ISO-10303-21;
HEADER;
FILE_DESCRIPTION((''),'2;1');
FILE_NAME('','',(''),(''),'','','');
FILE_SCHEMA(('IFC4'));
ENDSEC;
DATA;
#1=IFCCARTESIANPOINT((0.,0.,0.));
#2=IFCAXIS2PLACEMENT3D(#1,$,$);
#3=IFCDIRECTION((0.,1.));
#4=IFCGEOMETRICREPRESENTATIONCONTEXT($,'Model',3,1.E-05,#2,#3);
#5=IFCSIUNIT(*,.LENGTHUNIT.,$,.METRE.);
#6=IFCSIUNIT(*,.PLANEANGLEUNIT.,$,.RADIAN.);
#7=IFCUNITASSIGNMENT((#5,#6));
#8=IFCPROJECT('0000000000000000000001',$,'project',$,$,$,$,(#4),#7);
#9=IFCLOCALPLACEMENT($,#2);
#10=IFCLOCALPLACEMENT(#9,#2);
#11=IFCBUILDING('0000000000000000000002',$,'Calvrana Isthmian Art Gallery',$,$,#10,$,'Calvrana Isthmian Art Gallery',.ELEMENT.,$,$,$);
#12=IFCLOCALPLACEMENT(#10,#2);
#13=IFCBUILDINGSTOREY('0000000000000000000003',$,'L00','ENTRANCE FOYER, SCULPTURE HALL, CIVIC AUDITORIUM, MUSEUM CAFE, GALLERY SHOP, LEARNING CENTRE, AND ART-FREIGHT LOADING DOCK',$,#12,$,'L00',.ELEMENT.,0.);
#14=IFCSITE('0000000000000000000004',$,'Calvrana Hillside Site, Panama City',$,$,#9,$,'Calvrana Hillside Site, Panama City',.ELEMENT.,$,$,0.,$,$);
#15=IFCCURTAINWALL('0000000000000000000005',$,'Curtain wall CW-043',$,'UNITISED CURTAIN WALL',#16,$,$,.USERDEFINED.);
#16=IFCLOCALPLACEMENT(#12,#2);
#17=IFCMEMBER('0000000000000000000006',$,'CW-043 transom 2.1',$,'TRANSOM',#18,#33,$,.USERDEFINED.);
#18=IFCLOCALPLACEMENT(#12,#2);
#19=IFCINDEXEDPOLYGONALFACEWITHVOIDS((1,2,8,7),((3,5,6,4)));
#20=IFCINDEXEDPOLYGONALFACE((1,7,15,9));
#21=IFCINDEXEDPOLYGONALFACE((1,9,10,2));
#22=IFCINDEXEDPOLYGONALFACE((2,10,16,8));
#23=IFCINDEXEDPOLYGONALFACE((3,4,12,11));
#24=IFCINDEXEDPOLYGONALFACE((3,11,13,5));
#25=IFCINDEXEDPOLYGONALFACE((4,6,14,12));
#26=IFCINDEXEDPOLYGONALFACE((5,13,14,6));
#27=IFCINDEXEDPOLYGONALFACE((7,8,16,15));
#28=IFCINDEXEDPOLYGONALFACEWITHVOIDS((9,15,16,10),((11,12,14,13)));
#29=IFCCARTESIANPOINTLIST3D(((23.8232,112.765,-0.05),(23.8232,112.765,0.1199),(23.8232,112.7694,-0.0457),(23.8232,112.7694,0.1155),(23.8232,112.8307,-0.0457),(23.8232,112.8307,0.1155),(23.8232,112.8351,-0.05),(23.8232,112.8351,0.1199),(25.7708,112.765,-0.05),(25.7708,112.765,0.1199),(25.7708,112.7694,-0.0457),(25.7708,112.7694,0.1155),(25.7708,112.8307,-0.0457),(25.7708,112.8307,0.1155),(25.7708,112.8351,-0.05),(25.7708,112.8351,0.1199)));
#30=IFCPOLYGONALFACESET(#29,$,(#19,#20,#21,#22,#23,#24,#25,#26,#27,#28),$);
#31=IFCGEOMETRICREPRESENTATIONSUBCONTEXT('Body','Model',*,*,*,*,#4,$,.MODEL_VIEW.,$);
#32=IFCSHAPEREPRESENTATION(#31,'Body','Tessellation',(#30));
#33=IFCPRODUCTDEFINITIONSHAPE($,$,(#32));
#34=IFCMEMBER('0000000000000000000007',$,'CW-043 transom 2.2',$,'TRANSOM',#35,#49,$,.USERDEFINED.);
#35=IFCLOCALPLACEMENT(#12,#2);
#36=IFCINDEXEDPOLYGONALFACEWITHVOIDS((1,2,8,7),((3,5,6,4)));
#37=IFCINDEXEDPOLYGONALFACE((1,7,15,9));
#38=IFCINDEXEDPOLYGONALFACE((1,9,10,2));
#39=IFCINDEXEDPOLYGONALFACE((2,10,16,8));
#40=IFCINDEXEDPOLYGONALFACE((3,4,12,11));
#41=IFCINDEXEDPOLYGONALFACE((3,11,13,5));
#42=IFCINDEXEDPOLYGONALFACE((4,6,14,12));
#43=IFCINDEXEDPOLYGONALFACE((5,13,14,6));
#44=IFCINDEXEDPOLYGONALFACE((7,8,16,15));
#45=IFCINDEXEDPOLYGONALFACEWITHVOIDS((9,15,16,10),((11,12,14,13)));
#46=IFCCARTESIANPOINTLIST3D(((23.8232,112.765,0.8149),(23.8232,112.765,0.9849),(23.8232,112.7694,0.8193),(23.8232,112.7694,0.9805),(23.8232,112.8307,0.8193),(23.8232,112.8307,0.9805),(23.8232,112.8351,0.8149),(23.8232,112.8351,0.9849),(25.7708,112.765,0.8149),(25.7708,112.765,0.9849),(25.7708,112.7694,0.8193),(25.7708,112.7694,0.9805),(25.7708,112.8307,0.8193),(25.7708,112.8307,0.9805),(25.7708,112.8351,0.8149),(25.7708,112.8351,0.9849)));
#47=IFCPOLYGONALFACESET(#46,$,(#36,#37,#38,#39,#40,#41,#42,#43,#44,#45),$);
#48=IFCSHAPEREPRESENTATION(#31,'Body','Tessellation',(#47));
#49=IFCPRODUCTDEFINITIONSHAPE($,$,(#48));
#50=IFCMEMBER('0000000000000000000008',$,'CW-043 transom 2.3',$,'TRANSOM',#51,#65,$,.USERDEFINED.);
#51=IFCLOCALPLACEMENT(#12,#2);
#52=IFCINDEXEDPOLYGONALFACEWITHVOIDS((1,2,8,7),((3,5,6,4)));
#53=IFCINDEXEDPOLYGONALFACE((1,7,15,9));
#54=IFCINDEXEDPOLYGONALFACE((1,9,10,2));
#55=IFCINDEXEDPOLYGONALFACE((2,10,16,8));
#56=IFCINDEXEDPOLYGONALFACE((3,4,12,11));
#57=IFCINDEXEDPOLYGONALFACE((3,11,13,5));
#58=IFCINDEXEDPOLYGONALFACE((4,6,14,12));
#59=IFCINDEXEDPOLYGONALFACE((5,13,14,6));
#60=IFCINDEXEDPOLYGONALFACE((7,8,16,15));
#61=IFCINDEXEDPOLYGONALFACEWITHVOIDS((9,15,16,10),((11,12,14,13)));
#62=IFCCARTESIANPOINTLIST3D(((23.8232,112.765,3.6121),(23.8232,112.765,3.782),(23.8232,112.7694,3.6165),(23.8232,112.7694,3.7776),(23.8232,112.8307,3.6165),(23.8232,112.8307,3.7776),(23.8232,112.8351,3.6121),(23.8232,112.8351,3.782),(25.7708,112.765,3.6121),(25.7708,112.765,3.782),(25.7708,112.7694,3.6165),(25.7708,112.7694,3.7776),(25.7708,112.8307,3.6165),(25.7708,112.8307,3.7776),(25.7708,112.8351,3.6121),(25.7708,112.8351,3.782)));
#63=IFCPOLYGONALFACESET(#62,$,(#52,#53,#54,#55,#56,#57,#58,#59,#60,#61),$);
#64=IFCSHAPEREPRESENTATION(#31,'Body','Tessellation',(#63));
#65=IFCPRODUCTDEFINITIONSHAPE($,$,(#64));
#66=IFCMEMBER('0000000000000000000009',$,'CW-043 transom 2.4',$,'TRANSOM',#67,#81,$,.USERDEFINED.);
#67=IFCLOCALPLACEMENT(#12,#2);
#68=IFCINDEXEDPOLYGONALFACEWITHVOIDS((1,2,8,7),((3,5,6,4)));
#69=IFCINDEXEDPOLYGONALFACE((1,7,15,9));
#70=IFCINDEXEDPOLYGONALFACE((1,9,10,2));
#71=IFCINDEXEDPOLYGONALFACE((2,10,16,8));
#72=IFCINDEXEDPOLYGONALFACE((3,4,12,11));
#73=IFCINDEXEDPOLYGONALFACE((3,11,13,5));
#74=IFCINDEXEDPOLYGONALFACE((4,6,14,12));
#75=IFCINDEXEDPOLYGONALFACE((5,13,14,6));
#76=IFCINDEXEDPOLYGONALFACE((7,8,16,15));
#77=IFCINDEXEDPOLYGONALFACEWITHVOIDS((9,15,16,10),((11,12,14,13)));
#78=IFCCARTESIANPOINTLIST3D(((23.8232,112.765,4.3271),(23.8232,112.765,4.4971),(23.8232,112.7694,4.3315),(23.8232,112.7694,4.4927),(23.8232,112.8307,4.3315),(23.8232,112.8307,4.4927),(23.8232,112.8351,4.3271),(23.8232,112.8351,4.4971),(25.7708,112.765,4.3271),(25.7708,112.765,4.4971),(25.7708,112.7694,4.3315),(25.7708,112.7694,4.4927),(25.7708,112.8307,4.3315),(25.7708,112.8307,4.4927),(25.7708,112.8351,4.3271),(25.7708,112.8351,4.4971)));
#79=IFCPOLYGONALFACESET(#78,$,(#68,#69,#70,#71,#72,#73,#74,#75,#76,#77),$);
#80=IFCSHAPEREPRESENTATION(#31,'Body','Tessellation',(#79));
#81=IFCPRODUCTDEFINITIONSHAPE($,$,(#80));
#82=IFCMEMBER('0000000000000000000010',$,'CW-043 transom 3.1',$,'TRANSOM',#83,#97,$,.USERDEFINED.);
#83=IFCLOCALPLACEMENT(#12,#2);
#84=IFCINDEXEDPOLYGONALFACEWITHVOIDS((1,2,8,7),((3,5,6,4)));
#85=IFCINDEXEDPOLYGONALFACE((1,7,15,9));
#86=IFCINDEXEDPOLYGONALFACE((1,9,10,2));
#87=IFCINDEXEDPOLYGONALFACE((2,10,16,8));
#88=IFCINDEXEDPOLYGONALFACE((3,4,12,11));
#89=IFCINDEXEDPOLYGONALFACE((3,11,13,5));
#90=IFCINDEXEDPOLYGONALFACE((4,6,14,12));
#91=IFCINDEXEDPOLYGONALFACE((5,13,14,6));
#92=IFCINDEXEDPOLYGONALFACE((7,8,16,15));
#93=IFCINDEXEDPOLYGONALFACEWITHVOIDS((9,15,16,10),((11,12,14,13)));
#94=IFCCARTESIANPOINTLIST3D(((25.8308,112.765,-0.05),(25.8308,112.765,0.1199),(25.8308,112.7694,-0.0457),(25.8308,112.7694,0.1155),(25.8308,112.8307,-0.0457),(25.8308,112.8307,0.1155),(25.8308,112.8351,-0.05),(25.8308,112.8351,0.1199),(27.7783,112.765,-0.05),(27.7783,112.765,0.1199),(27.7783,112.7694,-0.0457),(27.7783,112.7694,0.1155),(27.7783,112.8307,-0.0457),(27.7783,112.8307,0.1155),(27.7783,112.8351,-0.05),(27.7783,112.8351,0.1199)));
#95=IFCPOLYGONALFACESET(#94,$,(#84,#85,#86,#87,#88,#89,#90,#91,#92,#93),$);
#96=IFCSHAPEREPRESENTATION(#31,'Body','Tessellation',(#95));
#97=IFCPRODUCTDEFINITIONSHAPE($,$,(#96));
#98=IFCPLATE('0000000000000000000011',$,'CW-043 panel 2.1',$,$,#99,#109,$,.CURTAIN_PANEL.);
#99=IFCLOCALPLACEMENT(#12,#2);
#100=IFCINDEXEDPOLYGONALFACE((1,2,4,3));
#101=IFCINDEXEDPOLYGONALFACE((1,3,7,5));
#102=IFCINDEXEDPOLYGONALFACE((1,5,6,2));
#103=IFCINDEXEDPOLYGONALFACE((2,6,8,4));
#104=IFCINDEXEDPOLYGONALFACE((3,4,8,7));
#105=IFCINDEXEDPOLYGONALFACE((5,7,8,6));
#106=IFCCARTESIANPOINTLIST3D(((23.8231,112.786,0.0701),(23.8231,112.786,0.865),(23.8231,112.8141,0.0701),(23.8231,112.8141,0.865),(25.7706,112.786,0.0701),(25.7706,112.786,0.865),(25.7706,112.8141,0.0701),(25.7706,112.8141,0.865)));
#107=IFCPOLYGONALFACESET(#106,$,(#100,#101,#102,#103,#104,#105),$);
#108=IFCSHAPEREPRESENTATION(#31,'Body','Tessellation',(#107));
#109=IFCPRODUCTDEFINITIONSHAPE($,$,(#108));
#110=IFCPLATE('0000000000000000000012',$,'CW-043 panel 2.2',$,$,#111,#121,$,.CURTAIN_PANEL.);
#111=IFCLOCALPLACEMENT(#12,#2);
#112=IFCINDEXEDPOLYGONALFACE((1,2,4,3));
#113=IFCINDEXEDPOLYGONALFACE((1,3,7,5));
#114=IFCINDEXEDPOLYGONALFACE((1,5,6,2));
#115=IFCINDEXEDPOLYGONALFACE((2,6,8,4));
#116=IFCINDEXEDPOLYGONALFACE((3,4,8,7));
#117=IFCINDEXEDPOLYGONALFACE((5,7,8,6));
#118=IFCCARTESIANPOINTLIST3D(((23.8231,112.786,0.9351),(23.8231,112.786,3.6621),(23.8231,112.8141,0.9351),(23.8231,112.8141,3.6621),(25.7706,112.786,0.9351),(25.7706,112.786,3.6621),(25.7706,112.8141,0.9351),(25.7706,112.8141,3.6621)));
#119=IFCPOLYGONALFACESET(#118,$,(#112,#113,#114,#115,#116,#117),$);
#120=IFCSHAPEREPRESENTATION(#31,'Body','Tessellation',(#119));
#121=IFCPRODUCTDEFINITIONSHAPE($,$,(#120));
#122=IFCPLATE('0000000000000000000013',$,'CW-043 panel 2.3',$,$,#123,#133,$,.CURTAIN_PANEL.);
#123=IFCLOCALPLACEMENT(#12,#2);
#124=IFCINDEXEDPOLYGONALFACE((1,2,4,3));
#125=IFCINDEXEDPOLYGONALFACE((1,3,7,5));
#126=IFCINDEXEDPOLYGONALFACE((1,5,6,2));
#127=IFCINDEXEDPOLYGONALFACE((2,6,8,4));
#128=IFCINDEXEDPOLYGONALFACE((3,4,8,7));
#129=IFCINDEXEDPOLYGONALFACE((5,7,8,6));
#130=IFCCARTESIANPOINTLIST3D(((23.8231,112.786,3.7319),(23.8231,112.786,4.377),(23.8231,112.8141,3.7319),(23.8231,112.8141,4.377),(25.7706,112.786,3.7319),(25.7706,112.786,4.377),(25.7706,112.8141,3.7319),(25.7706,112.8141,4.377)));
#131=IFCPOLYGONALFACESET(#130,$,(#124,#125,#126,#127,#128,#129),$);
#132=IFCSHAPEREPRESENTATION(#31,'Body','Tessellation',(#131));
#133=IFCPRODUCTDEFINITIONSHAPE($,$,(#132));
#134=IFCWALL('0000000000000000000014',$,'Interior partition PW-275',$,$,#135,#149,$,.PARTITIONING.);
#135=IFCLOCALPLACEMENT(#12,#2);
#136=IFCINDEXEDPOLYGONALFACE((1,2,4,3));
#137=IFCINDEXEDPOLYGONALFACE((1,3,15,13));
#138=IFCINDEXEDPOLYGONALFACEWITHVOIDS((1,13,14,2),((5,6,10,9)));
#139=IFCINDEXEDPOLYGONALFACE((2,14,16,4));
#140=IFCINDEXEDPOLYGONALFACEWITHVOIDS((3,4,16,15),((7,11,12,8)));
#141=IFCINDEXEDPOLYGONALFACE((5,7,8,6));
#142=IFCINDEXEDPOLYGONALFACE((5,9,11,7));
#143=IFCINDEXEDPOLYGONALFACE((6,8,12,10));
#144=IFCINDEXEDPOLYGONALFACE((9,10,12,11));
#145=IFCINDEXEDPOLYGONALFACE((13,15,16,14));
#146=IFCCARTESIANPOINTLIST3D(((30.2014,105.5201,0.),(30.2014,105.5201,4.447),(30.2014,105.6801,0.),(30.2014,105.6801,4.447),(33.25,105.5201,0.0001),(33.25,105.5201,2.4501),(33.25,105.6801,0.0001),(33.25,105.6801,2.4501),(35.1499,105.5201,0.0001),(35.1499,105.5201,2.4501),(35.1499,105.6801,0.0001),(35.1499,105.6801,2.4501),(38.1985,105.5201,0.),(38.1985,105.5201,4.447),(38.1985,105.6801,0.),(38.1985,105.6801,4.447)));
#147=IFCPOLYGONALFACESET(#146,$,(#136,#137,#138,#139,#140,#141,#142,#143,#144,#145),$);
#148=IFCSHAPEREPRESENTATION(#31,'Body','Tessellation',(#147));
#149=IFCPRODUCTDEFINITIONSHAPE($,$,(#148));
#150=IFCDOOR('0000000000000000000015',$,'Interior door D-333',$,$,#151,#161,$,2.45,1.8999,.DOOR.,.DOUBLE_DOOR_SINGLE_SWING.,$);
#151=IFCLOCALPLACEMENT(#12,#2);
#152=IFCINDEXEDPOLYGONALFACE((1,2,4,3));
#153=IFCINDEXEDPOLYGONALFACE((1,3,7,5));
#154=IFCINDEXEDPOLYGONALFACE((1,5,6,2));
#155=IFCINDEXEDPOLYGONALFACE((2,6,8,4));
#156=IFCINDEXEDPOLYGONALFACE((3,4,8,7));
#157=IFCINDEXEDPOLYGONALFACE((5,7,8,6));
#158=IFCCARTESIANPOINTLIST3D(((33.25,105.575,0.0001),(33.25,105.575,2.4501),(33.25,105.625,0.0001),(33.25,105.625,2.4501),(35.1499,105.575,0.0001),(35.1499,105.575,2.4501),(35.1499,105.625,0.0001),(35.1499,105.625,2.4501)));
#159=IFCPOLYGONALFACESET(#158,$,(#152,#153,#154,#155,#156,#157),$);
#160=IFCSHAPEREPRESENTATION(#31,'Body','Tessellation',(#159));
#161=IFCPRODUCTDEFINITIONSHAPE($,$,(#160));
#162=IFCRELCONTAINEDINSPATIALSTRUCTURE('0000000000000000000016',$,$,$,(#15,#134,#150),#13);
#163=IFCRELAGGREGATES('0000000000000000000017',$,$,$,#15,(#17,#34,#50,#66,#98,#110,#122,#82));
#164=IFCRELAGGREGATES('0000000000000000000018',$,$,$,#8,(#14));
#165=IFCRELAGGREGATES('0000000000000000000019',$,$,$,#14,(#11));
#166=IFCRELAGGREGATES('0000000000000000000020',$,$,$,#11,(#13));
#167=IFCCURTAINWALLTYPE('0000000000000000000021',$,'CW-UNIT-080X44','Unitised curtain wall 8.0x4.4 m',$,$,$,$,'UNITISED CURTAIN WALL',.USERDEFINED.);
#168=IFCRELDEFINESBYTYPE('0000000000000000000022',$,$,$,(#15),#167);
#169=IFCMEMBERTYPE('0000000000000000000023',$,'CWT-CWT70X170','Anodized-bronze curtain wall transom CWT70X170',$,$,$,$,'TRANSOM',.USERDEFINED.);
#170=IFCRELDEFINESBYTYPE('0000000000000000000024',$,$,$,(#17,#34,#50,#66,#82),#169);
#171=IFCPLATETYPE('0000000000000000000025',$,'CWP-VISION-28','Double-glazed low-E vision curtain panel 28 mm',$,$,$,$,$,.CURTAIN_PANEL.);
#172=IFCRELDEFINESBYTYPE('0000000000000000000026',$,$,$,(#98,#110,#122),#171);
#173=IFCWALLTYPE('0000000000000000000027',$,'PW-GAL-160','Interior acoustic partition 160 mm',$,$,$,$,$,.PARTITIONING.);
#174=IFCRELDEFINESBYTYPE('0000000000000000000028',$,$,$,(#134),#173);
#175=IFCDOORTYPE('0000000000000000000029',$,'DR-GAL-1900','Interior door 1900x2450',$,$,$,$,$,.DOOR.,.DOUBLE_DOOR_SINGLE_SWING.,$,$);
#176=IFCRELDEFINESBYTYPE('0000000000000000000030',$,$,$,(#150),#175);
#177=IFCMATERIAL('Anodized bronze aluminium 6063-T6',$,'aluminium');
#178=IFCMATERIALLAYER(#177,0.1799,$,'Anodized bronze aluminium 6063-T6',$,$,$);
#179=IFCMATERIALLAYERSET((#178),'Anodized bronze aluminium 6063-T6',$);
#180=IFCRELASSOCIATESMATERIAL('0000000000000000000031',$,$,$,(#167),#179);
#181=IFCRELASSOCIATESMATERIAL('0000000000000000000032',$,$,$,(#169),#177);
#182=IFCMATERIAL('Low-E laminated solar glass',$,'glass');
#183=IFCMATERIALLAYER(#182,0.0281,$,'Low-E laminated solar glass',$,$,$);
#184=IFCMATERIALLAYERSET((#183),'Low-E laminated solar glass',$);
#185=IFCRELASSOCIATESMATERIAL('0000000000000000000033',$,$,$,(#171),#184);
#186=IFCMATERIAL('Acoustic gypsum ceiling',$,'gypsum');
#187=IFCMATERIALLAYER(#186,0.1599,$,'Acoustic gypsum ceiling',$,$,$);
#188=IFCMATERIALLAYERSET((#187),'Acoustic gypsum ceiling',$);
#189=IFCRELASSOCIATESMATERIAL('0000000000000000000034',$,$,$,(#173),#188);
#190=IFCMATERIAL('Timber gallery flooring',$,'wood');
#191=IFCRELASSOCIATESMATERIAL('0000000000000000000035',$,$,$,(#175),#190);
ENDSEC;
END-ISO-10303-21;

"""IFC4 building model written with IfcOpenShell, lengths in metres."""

from ifc_helpers import new_model, si_unit, direction, frame, frame_2d, origin, origin_2d, place, context, subcontext, project, spatial, rectangle, hollow_rectangle, extrude, material, layer, layer_set, material_profile, profile_set, type_object, element, fill, aggregate, save


model = new_model("IFC4")

# Units and contexts
model_context = context("Model", 3, precision=1e-05, world=origin(), true_north=direction((0.0, 1.0)))
body_context = subcontext(model_context, "Body", "Model", "MODEL_VIEW")
ifc_project = project(units=[si_unit("LENGTHUNIT", "METRE"), si_unit("PLANEANGLEUNIT", "RADIAN")], contexts=[model_context])

# Site, building, storey
site_placement = place(None, origin())
site = spatial("IfcSite", under=ifc_project, at=site_placement, Name="Calvrana Hillside Site, Panama City", LongName="Calvrana Hillside Site, Panama City", CompositionType="ELEMENT", RefElevation=0.0)
building_placement = place(site_placement, origin())
building = spatial("IfcBuilding", under=site, at=building_placement, Name="Calvrana Isthmian Art Gallery", LongName="Calvrana Isthmian Art Gallery", CompositionType="ELEMENT")
storey_placement = place(building_placement, origin())
storey = spatial("IfcBuildingStorey", under=building, at=storey_placement, Name="L00", Description="ENTRANCE FOYER, SCULPTURE HALL, CIVIC AUDITORIUM, MUSEUM CAFE, GALLERY SHOP, LEARNING CENTRE, AND ART-FREIGHT LOADING DOCK", LongName="L00", CompositionType="ELEMENT", Elevation=0.0)

# Curtain wall, members, plates
ifc_material_1 = material(Name="Anodized bronze aluminium 6063-T6", Category="aluminium")
ifc_layer_1 = layer(ifc_material_1, 0.1799, Name="Anodized bronze aluminium 6063-T6")
ifc_layer_set_1 = layer_set([ifc_layer_1], Name="Anodized bronze aluminium 6063-T6")
curtain_wall_type = type_object("IfcCurtainWallType", Name="CW-UNIT-080X44", Description="Unitised curtain wall 8.0x4.4 m", ElementType="UNITISED CURTAIN WALL", PredefinedType="USERDEFINED", material=ifc_layer_set_1)
curtain_wall_placement = place(storey_placement, origin())
curtain_wall = element("IfcCurtainWall", 1, at=curtain_wall_placement, inside=storey, type_object=curtain_wall_type, Name="Curtain wall CW-043", ObjectType="UNITISED CURTAIN WALL", PredefinedType="USERDEFINED")
ifc_material_profile_1 = material_profile(ifc_material_1, hollow_rectangle(XDim=0.0701, YDim=0.1699, WallThickness=0.0044, at=origin_2d()), Name="CWT70X170")
ifc_profile_set_1 = profile_set([ifc_material_profile_1], Name="Anodized bronze aluminium 6063-T6")
member_type_1 = type_object("IfcMemberType", Name="CWT-CWT70X170", Description="Anodized-bronze curtain wall transom CWT70X170", ElementType="TRANSOM", PredefinedType="USERDEFINED", material=ifc_profile_set_1)
member_1_placement = place(storey_placement, frame((23.8232, 112.8, 0.0349), z_axis=(1.0, 0.0, 0.0), x_axis=(0.0, 1.0, 0.0)))
member_1 = element("IfcMember", 2, at=member_1_placement, type_object=member_type_1, Name="CW-043 transom 2.1", ObjectType="TRANSOM", PredefinedType="USERDEFINED", context=body_context, shape_type="SweptSolid", body=[
    extrude(hollow_rectangle(XDim=0.0701, YDim=0.1699, WallThickness=0.0044, at=origin_2d()), origin(), (0.0, 0.0, 1.0), 1.9475),
])
member_2_placement = place(storey_placement, frame((23.8232, 112.8, 0.8999), z_axis=(1.0, 0.0, 0.0), x_axis=(0.0, 1.0, 0.0)))
member_2 = element("IfcMember", 3, at=member_2_placement, type_object=member_type_1, Name="CW-043 transom 2.2", ObjectType="TRANSOM", PredefinedType="USERDEFINED", context=body_context, shape_type="SweptSolid", body=[
    extrude(hollow_rectangle(XDim=0.0701, YDim=0.1699, WallThickness=0.0044, at=origin_2d()), origin(), (0.0, 0.0, 1.0), 1.9475),
])
member_3_placement = place(storey_placement, frame((23.8232, 112.8, 3.697), z_axis=(1.0, 0.0, 0.0), x_axis=(0.0, 1.0, 0.0)))
member_3 = element("IfcMember", 4, at=member_3_placement, type_object=member_type_1, Name="CW-043 transom 2.3", ObjectType="TRANSOM", PredefinedType="USERDEFINED", context=body_context, shape_type="SweptSolid", body=[
    extrude(hollow_rectangle(XDim=0.0701, YDim=0.1699, WallThickness=0.0044, at=origin_2d()), origin(), (0.0, 0.0, 1.0), 1.9475),
])
member_4_placement = place(storey_placement, frame((23.8232, 112.8, 4.4121), z_axis=(1.0, 0.0, 0.0), x_axis=(0.0, 1.0, 0.0)))
member_4 = element("IfcMember", 5, at=member_4_placement, type_object=member_type_1, Name="CW-043 transom 2.4", ObjectType="TRANSOM", PredefinedType="USERDEFINED", context=body_context, shape_type="SweptSolid", body=[
    extrude(hollow_rectangle(XDim=0.0701, YDim=0.1699, WallThickness=0.0044, at=origin_2d()), origin(), (0.0, 0.0, 1.0), 1.9475),
])
member_5_placement = place(storey_placement, frame((25.8308, 112.8, 0.0349), z_axis=(1.0, 0.0, 0.0), x_axis=(0.0, 1.0, 0.0)))
member_5 = element("IfcMember", 6, at=member_5_placement, type_object=member_type_1, Name="CW-043 transom 3.1", ObjectType="TRANSOM", PredefinedType="USERDEFINED", context=body_context, shape_type="SweptSolid", body=[
    extrude(hollow_rectangle(XDim=0.0701, YDim=0.1699, WallThickness=0.0044, at=origin_2d()), origin(), (0.0, 0.0, 1.0), 1.9475),
])
ifc_material_2 = material(Name="Low-E laminated solar glass", Category="glass")
ifc_layer_2 = layer(ifc_material_2, 0.0281, Name="Low-E laminated solar glass")
ifc_layer_set_2 = layer_set([ifc_layer_2], Name="Low-E laminated solar glass")
plate_type = type_object("IfcPlateType", Name="CWP-VISION-28", Description="Double-glazed low-E vision curtain panel 28 mm", PredefinedType="CURTAIN_PANEL", material=ifc_layer_set_2)
plate_1_placement = place(storey_placement, frame((24.7969, 112.8, 0.0701), z_axis=(0.0, 0.0, 1.0), x_axis=(1.0, 0.0, 0.0)))
plate_1 = element("IfcPlate", 7, at=plate_1_placement, type_object=plate_type, Name="CW-043 panel 2.1", PredefinedType="CURTAIN_PANEL", context=body_context, shape_type="SweptSolid", body=[
    extrude(rectangle(XDim=1.9475, YDim=0.0281, at=origin_2d()), origin(), (0.0, 0.0, 1.0), 0.7949),
])
plate_2_placement = place(storey_placement, frame((24.7969, 112.8, 0.9351), z_axis=(0.0, 0.0, 1.0), x_axis=(1.0, 0.0, 0.0)))
plate_2 = element("IfcPlate", 8, at=plate_2_placement, type_object=plate_type, Name="CW-043 panel 2.2", PredefinedType="CURTAIN_PANEL", context=body_context, shape_type="SweptSolid", body=[
    extrude(rectangle(XDim=1.9475, YDim=0.0281, at=origin_2d()), origin(), (0.0, 0.0, 1.0), 2.7271),
])
plate_3_placement = place(storey_placement, frame((24.7969, 112.8, 3.7319), z_axis=(0.0, 0.0, 1.0), x_axis=(1.0, 0.0, 0.0)))
plate_3 = element("IfcPlate", 9, at=plate_3_placement, type_object=plate_type, Name="CW-043 panel 2.3", PredefinedType="CURTAIN_PANEL", context=body_context, shape_type="SweptSolid", body=[
    extrude(rectangle(XDim=1.9475, YDim=0.0281, at=origin_2d()), origin(), (0.0, 0.0, 1.0), 0.645),
])
aggregate(curtain_wall, [member_1, member_2, member_3, member_4, plate_1, plate_2, plate_3, member_5])

# Wall, opening, door
ifc_material_3 = material(Name="Acoustic gypsum ceiling", Category="gypsum")
ifc_layer_3 = layer(ifc_material_3, 0.1599, Name="Acoustic gypsum ceiling")
ifc_layer_set_3 = layer_set([ifc_layer_3], Name="Acoustic gypsum ceiling")
wall_type = type_object("IfcWallType", Name="PW-GAL-160", Description="Interior acoustic partition 160 mm", PredefinedType="PARTITIONING", material=ifc_layer_set_3)
wall_1_placement = place(storey_placement, frame((30.2014, 105.6001, 0.0), z_axis=(0.0, 0.0, 1.0), x_axis=(1.0, 0.0, 0.0)))
wall_1 = element("IfcWall", 10, at=wall_1_placement, inside=storey, type_object=wall_type, Name="Interior partition PW-275", PredefinedType="PARTITIONING", context=body_context, shape_type="SweptSolid", body=[
    extrude(rectangle(XDim=7.9971, YDim=0.1599, at=frame_2d((3.9985, 0.0))), origin(), (0.0, 0.0, 1.0), 4.447),
])
opening_1_placement = place(wall_1_placement, frame((3.0486, 0.0, 0.0)))
opening_1 = element("IfcOpeningElement", 11, at=opening_1_placement, cuts=wall_1, PredefinedType="OPENING", context=body_context, shape_type="SweptSolid", body=[
    extrude(rectangle(XDim=1.8999, YDim=2.45, at=frame_2d((0.95, 1.2251))), frame((0.0, 0.0903, 0.0), z_axis=(0.0, -1.0, 0.0), x_axis=(1.0, 0.0, 0.0)), (0.0, 0.0, 1.0), 0.1804),
])
ifc_material_4 = material(Name="Timber gallery flooring", Category="wood")
door_type_1 = type_object("IfcDoorType", Name="DR-GAL-1900", Description="Interior door 1900x2450", OperationType="DOUBLE_DOOR_SINGLE_SWING", PredefinedType="DOOR", material=ifc_material_4)
door_1_placement = place(opening_1_placement, origin())
door_1 = element("IfcDoor", 12, at=door_1_placement, inside=storey, type_object=door_type_1, Name="Interior door D-333", OperationType="DOUBLE_DOOR_SINGLE_SWING", OverallHeight=2.45, OverallWidth=1.8999, PredefinedType="DOOR", context=body_context, shape_type="SweptSolid", body=[
    extrude(rectangle(XDim=1.8999, YDim=2.45, at=frame_2d((0.95, 1.2251))), frame((0.0, 0.0249, 0.0), z_axis=(0.0, -1.0, 0.0), x_axis=(1.0, 0.0, 0.0)), (0.0, 0.0, 1.0), 0.05),
])
fill(opening_1, door_1)

save(model, "model.ifc")
